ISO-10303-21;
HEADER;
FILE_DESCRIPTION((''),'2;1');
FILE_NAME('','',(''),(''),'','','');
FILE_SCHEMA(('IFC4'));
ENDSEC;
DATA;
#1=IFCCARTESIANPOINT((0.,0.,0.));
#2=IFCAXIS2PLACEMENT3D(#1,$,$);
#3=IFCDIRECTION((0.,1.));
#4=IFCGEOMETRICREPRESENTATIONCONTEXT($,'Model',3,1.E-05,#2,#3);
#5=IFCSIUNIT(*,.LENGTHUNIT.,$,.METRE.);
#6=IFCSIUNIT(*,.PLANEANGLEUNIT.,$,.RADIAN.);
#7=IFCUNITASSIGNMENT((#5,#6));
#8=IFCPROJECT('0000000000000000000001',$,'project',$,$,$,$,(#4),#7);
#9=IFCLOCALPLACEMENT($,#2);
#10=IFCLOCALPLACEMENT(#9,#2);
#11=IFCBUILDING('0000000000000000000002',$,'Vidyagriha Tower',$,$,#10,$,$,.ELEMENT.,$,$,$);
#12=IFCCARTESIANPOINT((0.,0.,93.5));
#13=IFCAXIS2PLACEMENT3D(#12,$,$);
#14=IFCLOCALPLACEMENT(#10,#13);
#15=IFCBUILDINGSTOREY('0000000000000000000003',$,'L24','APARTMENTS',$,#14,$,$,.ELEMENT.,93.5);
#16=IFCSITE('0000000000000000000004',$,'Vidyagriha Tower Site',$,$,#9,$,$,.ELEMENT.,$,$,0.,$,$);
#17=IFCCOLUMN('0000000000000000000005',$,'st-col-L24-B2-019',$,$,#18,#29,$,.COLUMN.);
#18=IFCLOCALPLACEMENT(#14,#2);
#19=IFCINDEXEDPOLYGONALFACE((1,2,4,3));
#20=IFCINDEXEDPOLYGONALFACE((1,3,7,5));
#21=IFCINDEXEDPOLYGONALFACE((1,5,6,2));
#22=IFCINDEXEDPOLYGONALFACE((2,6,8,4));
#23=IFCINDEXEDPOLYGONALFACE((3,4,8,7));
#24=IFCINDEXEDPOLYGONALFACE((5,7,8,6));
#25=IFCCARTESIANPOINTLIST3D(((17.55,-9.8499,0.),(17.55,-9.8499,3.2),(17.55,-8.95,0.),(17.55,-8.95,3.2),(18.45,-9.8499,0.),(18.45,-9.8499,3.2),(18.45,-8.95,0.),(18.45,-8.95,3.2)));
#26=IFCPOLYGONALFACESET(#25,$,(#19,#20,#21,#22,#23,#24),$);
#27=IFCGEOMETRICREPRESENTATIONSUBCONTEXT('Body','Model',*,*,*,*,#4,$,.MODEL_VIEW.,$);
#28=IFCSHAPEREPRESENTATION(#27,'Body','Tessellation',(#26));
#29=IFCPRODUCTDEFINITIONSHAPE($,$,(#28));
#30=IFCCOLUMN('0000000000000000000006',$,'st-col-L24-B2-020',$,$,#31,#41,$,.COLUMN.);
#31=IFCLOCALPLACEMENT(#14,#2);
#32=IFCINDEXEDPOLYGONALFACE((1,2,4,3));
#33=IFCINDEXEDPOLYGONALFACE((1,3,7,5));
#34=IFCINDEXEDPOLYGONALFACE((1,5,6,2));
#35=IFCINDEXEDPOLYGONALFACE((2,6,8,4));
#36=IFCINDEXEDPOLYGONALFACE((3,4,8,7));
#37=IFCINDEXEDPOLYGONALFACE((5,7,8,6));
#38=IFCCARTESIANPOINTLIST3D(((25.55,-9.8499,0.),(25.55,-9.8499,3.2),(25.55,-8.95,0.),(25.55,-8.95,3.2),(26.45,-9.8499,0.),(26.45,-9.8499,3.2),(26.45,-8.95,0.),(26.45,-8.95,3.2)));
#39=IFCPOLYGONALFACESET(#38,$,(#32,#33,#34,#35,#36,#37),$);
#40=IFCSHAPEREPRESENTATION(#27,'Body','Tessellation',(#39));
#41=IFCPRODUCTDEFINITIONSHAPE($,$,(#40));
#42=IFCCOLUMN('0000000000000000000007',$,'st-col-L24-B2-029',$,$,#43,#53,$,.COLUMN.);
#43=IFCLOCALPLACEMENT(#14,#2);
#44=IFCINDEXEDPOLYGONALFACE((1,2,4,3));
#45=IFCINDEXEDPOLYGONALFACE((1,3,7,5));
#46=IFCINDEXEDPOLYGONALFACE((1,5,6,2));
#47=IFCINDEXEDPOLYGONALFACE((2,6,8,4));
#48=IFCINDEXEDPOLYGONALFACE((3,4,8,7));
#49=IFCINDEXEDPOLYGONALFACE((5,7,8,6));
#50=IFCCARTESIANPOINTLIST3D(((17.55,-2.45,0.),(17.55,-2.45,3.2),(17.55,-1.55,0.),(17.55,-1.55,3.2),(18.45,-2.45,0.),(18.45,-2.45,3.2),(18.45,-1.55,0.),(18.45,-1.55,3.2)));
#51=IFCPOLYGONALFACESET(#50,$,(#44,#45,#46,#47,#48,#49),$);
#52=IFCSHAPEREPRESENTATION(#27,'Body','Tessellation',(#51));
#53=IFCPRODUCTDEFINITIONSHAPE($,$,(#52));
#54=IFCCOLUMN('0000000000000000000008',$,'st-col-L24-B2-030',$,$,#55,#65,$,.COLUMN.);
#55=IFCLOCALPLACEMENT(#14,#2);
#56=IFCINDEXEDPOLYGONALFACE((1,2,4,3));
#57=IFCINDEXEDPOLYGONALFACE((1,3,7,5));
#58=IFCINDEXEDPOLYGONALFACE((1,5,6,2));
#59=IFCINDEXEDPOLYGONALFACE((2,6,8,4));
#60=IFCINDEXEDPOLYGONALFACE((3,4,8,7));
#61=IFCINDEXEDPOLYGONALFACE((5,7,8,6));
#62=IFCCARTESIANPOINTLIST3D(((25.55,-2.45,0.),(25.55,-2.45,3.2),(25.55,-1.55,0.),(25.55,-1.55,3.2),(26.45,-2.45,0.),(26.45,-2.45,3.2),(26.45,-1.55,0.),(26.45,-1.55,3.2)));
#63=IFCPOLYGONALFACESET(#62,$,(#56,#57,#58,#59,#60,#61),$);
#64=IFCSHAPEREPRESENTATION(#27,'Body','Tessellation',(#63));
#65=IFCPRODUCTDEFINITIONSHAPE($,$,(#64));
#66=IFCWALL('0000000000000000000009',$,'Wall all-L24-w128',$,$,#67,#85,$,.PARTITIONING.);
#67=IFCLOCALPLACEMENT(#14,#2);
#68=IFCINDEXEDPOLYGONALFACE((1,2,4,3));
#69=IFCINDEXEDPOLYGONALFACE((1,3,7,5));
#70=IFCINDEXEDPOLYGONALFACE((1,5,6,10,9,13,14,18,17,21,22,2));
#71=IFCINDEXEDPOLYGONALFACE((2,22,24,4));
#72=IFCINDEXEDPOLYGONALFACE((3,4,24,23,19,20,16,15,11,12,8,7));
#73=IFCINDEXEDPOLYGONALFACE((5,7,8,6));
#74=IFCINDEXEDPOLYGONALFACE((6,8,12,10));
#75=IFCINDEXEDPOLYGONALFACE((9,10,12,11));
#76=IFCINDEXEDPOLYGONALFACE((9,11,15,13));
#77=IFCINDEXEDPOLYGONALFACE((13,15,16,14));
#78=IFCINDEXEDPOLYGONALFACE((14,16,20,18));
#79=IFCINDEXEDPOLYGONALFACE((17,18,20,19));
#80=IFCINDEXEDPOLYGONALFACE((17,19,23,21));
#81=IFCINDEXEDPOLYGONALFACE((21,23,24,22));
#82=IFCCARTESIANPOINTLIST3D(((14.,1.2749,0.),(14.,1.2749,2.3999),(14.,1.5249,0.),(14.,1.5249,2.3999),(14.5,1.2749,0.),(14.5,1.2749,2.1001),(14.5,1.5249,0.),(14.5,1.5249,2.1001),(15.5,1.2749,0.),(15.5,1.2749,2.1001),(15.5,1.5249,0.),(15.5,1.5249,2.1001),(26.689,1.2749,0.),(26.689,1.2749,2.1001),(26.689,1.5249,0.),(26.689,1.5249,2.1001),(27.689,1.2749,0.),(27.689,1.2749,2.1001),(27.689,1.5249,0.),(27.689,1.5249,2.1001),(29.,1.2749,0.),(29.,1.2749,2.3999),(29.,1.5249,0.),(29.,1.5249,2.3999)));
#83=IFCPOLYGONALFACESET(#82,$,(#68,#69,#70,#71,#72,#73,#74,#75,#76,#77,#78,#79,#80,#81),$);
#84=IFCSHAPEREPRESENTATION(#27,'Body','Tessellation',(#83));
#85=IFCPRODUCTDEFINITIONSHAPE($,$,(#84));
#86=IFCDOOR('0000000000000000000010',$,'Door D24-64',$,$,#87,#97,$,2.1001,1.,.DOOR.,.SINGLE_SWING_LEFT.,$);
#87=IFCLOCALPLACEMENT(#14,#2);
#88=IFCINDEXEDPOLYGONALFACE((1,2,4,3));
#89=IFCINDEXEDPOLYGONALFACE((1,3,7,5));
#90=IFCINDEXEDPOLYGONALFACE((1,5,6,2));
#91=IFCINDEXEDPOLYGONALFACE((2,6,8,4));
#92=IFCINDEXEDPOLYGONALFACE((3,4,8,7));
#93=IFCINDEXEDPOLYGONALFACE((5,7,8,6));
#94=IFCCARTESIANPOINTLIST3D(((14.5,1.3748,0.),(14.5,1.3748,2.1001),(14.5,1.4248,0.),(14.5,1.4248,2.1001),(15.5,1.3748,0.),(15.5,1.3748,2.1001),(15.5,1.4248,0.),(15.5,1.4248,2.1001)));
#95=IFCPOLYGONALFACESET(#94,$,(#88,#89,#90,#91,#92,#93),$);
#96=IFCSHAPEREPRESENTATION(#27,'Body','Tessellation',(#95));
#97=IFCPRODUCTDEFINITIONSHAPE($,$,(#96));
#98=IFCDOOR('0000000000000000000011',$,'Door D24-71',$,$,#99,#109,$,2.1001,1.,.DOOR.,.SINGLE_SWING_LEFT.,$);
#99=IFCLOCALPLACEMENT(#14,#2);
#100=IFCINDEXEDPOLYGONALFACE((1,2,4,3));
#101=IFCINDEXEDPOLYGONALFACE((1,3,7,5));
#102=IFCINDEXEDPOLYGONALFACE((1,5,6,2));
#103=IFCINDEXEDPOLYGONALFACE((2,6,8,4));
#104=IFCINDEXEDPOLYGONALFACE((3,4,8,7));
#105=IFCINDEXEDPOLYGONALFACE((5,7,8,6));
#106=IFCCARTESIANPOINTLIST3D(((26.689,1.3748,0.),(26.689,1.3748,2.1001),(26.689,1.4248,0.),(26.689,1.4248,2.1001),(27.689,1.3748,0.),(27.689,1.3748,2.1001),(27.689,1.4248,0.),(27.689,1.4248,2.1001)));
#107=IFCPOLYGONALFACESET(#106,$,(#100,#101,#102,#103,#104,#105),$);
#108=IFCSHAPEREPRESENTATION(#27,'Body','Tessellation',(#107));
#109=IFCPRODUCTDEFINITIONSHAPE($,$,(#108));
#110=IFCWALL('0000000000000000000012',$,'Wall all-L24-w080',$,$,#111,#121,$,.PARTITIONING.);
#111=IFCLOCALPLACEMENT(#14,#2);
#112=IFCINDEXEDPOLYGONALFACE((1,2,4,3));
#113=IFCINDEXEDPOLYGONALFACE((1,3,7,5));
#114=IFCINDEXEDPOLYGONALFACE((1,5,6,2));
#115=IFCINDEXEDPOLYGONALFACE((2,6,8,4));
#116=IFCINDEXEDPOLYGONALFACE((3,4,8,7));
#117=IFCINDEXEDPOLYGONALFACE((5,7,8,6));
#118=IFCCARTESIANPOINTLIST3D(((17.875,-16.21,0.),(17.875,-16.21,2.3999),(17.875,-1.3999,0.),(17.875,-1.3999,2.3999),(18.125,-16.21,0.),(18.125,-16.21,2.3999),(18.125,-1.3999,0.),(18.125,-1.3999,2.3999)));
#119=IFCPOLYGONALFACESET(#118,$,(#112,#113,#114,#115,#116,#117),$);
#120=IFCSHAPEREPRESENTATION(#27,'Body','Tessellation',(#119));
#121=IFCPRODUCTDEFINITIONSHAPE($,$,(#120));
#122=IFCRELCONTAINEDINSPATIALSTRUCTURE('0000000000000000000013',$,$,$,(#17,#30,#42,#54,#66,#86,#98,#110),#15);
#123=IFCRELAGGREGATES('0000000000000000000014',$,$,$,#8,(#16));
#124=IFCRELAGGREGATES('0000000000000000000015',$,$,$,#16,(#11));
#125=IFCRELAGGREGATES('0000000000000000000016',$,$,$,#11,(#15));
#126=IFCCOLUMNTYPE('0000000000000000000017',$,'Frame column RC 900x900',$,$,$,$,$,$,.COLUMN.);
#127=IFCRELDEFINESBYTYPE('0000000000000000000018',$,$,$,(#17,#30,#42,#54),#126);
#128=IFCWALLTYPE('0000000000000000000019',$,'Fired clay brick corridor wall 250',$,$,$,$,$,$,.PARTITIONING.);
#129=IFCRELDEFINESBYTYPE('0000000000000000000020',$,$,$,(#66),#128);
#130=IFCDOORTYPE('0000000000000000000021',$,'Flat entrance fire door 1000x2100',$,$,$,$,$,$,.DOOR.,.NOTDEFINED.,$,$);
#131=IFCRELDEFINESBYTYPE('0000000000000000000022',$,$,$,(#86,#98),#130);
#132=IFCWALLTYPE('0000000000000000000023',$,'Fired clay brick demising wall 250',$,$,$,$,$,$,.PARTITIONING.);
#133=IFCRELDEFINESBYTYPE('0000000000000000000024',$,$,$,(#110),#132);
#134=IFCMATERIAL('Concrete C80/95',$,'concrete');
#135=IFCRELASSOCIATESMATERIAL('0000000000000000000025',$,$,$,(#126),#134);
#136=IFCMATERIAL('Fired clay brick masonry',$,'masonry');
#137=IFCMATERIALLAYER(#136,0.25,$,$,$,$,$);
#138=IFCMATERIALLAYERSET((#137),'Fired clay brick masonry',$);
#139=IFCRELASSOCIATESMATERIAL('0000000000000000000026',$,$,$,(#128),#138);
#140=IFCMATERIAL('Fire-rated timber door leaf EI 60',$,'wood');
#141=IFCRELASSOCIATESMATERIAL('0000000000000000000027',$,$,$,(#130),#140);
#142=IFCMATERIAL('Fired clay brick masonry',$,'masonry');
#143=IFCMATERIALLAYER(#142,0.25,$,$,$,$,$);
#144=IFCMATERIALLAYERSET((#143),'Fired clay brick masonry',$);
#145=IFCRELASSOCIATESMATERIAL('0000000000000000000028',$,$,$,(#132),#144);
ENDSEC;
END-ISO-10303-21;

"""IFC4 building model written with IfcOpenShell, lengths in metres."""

from ifc_helpers import new_model, si_unit, direction, frame, frame_2d, origin, origin_2d, place, context, subcontext, project, spatial, rectangle, extrude, material, layer, layer_set, material_profile, profile_set, type_object, element, fill, save


model = new_model("IFC4")

# Units and contexts
model_context = context("Model", 3, precision=1e-05, world=origin(), true_north=direction((0.0, 1.0)))
body_context = subcontext(model_context, "Body", "Model", "MODEL_VIEW")
ifc_project = project(units=[si_unit("LENGTHUNIT", "METRE"), si_unit("PLANEANGLEUNIT", "RADIAN")], contexts=[model_context])

# Site, building, storey
site_placement = place(None, origin())
site = spatial("IfcSite", under=ifc_project, at=site_placement, Name="Vidyagriha Tower Site", CompositionType="ELEMENT", RefElevation=0.0)
building_placement = place(site_placement, origin())
building = spatial("IfcBuilding", under=site, at=building_placement, Name="Vidyagriha Tower", CompositionType="ELEMENT")
storey_placement = place(building_placement, frame((0.0, 0.0, 93.5)))
storey = spatial("IfcBuildingStorey", under=building, at=storey_placement, Name="L24", Description="APARTMENTS", CompositionType="ELEMENT", Elevation=93.5)

# Columns
ifc_material_1 = material(Name="Concrete C80/95", Category="concrete")
ifc_material_profile = material_profile(ifc_material_1, rectangle(XDim=0.8999, YDim=0.8999, at=origin_2d()), Name="RC 900x900")
ifc_profile_set = profile_set([ifc_material_profile], Name="Concrete C80/95")
column_type = type_object("IfcColumnType", Name="Frame column RC 900x900", PredefinedType="COLUMN", material=ifc_profile_set)
for number, where, name in (
    (1, (18.0, -9.3999, 0.0), "st-col-L24-B2-019"),
    (2, (26.0, -9.3999, 0.0), "st-col-L24-B2-020"),
    (3, (18.0, -2.0, 0.0), "st-col-L24-B2-029"),
    (4, (26.0, -2.0, 0.0), "st-col-L24-B2-030"),
):
    element("IfcColumn", number, at=place(storey_placement, frame(where)), inside=storey, type_object=column_type, Name=name, PredefinedType="COLUMN", context=body_context, shape_type="SweptSolid", body=[
        extrude(rectangle(XDim=0.8999, YDim=0.8999, at=origin_2d()), origin(), (0.0, 0.0, 1.0), 3.2),
    ])

# Wall, openings, doors
ifc_material_2 = material(Name="Fired clay brick masonry", Category="masonry")
ifc_layer_1 = layer(ifc_material_2, 0.25)
ifc_layer_set_1 = layer_set([ifc_layer_1], Name="Fired clay brick masonry")
wall_type_1 = type_object("IfcWallType", Name="Fired clay brick corridor wall 250", PredefinedType="PARTITIONING", material=ifc_layer_set_1)
wall_1_placement = place(storey_placement, frame((14.0, 1.3999, 0.0)))
wall_1 = element("IfcWall", 5, at=wall_1_placement, inside=storey, type_object=wall_type_1, Name="Wall all-L24-w128", PredefinedType="PARTITIONING", context=body_context, shape_type="SweptSolid", body=[
    extrude(rectangle(XDim=15.0, YDim=0.25, at=frame_2d((7.5, 0.0))), origin(), (0.0, 0.0, 1.0), 2.3999),
])
opening_1_placement = place(wall_1_placement, frame((0.5, 0.0, 0.0)))
opening_1 = element("IfcOpeningElement", 6, at=opening_1_placement, cuts=wall_1, PredefinedType="OPENING", context=body_context, shape_type="SweptSolid", body=[
    extrude(rectangle(XDim=1.0, YDim=2.1001, at=frame_2d((0.5, 1.05))), frame((0.0, 0.135, 0.0), z_axis=(0.0, -1.0, 0.0), x_axis=(1.0, 0.0, 0.0)), (0.0, 0.0, 1.0), 0.27),
])
opening_2_placement = place(wall_1_placement, frame((12.689, 0.0, 0.0)))
opening_2 = element("IfcOpeningElement", 7, at=opening_2_placement, cuts=wall_1, PredefinedType="OPENING", context=body_context, shape_type="SweptSolid", body=[
    extrude(rectangle(XDim=1.0, YDim=2.1001, at=frame_2d((0.5, 1.05))), frame((0.0, 0.135, 0.0), z_axis=(0.0, -1.0, 0.0), x_axis=(1.0, 0.0, 0.0)), (0.0, 0.0, 1.0), 0.27),
])
ifc_material_3 = material(Name="Fire-rated timber door leaf EI 60", Category="wood")
door_type_1 = type_object("IfcDoorType", Name="Flat entrance fire door 1000x2100", OperationType="NOTDEFINED", PredefinedType="DOOR", material=ifc_material_3)
door_1_placement = place(opening_1_placement, origin())
door_1 = element("IfcDoor", 8, at=door_1_placement, inside=storey, type_object=door_type_1, Name="Door D24-64", OperationType="SINGLE_SWING_LEFT", OverallHeight=2.1001, OverallWidth=1.0, PredefinedType="DOOR", context=body_context, shape_type="SweptSolid", body=[
    extrude(rectangle(XDim=1.0, YDim=2.1001, at=frame_2d((0.5, 1.05))), frame((0.0, 0.0249, 0.0), z_axis=(0.0, -1.0, 0.0), x_axis=(1.0, 0.0, 0.0)), (0.0, 0.0, 1.0), 0.05),
])
fill(opening_1, door_1)
door_2_placement = place(opening_2_placement, origin())
door_2 = element("IfcDoor", 9, at=door_2_placement, inside=storey, type_object=door_type_1, Name="Door D24-71", OperationType="SINGLE_SWING_LEFT", OverallHeight=2.1001, OverallWidth=1.0, PredefinedType="DOOR", context=body_context, shape_type="SweptSolid", body=[
    extrude(rectangle(XDim=1.0, YDim=2.1001, at=frame_2d((0.5, 1.05))), frame((0.0, 0.0249, 0.0), z_axis=(0.0, -1.0, 0.0), x_axis=(1.0, 0.0, 0.0)), (0.0, 0.0, 1.0), 0.05),
])
fill(opening_2, door_2)

# Wall
ifc_material_4 = material(Name="Fired clay brick masonry", Category="masonry")
ifc_layer_2 = layer(ifc_material_4, 0.25)
ifc_layer_set_2 = layer_set([ifc_layer_2], Name="Fired clay brick masonry")
wall_type_2 = type_object("IfcWallType", Name="Fired clay brick demising wall 250", PredefinedType="PARTITIONING", material=ifc_layer_set_2)
wall_2_placement = place(storey_placement, frame((18.0, -1.3999, 0.0), z_axis=(0.0, 0.0, 1.0), x_axis=(0.0, -1.0, 0.0)))
element("IfcWall", 10, at=wall_2_placement, inside=storey, type_object=wall_type_2, Name="Wall all-L24-w080", PredefinedType="PARTITIONING", context=body_context, shape_type="SweptSolid", body=[
    extrude(rectangle(XDim=14.8101, YDim=0.25, at=frame_2d((7.405, 0.0))), origin(), (0.0, 0.0, 1.0), 2.3999),
])

save(model, "model.ifc")
